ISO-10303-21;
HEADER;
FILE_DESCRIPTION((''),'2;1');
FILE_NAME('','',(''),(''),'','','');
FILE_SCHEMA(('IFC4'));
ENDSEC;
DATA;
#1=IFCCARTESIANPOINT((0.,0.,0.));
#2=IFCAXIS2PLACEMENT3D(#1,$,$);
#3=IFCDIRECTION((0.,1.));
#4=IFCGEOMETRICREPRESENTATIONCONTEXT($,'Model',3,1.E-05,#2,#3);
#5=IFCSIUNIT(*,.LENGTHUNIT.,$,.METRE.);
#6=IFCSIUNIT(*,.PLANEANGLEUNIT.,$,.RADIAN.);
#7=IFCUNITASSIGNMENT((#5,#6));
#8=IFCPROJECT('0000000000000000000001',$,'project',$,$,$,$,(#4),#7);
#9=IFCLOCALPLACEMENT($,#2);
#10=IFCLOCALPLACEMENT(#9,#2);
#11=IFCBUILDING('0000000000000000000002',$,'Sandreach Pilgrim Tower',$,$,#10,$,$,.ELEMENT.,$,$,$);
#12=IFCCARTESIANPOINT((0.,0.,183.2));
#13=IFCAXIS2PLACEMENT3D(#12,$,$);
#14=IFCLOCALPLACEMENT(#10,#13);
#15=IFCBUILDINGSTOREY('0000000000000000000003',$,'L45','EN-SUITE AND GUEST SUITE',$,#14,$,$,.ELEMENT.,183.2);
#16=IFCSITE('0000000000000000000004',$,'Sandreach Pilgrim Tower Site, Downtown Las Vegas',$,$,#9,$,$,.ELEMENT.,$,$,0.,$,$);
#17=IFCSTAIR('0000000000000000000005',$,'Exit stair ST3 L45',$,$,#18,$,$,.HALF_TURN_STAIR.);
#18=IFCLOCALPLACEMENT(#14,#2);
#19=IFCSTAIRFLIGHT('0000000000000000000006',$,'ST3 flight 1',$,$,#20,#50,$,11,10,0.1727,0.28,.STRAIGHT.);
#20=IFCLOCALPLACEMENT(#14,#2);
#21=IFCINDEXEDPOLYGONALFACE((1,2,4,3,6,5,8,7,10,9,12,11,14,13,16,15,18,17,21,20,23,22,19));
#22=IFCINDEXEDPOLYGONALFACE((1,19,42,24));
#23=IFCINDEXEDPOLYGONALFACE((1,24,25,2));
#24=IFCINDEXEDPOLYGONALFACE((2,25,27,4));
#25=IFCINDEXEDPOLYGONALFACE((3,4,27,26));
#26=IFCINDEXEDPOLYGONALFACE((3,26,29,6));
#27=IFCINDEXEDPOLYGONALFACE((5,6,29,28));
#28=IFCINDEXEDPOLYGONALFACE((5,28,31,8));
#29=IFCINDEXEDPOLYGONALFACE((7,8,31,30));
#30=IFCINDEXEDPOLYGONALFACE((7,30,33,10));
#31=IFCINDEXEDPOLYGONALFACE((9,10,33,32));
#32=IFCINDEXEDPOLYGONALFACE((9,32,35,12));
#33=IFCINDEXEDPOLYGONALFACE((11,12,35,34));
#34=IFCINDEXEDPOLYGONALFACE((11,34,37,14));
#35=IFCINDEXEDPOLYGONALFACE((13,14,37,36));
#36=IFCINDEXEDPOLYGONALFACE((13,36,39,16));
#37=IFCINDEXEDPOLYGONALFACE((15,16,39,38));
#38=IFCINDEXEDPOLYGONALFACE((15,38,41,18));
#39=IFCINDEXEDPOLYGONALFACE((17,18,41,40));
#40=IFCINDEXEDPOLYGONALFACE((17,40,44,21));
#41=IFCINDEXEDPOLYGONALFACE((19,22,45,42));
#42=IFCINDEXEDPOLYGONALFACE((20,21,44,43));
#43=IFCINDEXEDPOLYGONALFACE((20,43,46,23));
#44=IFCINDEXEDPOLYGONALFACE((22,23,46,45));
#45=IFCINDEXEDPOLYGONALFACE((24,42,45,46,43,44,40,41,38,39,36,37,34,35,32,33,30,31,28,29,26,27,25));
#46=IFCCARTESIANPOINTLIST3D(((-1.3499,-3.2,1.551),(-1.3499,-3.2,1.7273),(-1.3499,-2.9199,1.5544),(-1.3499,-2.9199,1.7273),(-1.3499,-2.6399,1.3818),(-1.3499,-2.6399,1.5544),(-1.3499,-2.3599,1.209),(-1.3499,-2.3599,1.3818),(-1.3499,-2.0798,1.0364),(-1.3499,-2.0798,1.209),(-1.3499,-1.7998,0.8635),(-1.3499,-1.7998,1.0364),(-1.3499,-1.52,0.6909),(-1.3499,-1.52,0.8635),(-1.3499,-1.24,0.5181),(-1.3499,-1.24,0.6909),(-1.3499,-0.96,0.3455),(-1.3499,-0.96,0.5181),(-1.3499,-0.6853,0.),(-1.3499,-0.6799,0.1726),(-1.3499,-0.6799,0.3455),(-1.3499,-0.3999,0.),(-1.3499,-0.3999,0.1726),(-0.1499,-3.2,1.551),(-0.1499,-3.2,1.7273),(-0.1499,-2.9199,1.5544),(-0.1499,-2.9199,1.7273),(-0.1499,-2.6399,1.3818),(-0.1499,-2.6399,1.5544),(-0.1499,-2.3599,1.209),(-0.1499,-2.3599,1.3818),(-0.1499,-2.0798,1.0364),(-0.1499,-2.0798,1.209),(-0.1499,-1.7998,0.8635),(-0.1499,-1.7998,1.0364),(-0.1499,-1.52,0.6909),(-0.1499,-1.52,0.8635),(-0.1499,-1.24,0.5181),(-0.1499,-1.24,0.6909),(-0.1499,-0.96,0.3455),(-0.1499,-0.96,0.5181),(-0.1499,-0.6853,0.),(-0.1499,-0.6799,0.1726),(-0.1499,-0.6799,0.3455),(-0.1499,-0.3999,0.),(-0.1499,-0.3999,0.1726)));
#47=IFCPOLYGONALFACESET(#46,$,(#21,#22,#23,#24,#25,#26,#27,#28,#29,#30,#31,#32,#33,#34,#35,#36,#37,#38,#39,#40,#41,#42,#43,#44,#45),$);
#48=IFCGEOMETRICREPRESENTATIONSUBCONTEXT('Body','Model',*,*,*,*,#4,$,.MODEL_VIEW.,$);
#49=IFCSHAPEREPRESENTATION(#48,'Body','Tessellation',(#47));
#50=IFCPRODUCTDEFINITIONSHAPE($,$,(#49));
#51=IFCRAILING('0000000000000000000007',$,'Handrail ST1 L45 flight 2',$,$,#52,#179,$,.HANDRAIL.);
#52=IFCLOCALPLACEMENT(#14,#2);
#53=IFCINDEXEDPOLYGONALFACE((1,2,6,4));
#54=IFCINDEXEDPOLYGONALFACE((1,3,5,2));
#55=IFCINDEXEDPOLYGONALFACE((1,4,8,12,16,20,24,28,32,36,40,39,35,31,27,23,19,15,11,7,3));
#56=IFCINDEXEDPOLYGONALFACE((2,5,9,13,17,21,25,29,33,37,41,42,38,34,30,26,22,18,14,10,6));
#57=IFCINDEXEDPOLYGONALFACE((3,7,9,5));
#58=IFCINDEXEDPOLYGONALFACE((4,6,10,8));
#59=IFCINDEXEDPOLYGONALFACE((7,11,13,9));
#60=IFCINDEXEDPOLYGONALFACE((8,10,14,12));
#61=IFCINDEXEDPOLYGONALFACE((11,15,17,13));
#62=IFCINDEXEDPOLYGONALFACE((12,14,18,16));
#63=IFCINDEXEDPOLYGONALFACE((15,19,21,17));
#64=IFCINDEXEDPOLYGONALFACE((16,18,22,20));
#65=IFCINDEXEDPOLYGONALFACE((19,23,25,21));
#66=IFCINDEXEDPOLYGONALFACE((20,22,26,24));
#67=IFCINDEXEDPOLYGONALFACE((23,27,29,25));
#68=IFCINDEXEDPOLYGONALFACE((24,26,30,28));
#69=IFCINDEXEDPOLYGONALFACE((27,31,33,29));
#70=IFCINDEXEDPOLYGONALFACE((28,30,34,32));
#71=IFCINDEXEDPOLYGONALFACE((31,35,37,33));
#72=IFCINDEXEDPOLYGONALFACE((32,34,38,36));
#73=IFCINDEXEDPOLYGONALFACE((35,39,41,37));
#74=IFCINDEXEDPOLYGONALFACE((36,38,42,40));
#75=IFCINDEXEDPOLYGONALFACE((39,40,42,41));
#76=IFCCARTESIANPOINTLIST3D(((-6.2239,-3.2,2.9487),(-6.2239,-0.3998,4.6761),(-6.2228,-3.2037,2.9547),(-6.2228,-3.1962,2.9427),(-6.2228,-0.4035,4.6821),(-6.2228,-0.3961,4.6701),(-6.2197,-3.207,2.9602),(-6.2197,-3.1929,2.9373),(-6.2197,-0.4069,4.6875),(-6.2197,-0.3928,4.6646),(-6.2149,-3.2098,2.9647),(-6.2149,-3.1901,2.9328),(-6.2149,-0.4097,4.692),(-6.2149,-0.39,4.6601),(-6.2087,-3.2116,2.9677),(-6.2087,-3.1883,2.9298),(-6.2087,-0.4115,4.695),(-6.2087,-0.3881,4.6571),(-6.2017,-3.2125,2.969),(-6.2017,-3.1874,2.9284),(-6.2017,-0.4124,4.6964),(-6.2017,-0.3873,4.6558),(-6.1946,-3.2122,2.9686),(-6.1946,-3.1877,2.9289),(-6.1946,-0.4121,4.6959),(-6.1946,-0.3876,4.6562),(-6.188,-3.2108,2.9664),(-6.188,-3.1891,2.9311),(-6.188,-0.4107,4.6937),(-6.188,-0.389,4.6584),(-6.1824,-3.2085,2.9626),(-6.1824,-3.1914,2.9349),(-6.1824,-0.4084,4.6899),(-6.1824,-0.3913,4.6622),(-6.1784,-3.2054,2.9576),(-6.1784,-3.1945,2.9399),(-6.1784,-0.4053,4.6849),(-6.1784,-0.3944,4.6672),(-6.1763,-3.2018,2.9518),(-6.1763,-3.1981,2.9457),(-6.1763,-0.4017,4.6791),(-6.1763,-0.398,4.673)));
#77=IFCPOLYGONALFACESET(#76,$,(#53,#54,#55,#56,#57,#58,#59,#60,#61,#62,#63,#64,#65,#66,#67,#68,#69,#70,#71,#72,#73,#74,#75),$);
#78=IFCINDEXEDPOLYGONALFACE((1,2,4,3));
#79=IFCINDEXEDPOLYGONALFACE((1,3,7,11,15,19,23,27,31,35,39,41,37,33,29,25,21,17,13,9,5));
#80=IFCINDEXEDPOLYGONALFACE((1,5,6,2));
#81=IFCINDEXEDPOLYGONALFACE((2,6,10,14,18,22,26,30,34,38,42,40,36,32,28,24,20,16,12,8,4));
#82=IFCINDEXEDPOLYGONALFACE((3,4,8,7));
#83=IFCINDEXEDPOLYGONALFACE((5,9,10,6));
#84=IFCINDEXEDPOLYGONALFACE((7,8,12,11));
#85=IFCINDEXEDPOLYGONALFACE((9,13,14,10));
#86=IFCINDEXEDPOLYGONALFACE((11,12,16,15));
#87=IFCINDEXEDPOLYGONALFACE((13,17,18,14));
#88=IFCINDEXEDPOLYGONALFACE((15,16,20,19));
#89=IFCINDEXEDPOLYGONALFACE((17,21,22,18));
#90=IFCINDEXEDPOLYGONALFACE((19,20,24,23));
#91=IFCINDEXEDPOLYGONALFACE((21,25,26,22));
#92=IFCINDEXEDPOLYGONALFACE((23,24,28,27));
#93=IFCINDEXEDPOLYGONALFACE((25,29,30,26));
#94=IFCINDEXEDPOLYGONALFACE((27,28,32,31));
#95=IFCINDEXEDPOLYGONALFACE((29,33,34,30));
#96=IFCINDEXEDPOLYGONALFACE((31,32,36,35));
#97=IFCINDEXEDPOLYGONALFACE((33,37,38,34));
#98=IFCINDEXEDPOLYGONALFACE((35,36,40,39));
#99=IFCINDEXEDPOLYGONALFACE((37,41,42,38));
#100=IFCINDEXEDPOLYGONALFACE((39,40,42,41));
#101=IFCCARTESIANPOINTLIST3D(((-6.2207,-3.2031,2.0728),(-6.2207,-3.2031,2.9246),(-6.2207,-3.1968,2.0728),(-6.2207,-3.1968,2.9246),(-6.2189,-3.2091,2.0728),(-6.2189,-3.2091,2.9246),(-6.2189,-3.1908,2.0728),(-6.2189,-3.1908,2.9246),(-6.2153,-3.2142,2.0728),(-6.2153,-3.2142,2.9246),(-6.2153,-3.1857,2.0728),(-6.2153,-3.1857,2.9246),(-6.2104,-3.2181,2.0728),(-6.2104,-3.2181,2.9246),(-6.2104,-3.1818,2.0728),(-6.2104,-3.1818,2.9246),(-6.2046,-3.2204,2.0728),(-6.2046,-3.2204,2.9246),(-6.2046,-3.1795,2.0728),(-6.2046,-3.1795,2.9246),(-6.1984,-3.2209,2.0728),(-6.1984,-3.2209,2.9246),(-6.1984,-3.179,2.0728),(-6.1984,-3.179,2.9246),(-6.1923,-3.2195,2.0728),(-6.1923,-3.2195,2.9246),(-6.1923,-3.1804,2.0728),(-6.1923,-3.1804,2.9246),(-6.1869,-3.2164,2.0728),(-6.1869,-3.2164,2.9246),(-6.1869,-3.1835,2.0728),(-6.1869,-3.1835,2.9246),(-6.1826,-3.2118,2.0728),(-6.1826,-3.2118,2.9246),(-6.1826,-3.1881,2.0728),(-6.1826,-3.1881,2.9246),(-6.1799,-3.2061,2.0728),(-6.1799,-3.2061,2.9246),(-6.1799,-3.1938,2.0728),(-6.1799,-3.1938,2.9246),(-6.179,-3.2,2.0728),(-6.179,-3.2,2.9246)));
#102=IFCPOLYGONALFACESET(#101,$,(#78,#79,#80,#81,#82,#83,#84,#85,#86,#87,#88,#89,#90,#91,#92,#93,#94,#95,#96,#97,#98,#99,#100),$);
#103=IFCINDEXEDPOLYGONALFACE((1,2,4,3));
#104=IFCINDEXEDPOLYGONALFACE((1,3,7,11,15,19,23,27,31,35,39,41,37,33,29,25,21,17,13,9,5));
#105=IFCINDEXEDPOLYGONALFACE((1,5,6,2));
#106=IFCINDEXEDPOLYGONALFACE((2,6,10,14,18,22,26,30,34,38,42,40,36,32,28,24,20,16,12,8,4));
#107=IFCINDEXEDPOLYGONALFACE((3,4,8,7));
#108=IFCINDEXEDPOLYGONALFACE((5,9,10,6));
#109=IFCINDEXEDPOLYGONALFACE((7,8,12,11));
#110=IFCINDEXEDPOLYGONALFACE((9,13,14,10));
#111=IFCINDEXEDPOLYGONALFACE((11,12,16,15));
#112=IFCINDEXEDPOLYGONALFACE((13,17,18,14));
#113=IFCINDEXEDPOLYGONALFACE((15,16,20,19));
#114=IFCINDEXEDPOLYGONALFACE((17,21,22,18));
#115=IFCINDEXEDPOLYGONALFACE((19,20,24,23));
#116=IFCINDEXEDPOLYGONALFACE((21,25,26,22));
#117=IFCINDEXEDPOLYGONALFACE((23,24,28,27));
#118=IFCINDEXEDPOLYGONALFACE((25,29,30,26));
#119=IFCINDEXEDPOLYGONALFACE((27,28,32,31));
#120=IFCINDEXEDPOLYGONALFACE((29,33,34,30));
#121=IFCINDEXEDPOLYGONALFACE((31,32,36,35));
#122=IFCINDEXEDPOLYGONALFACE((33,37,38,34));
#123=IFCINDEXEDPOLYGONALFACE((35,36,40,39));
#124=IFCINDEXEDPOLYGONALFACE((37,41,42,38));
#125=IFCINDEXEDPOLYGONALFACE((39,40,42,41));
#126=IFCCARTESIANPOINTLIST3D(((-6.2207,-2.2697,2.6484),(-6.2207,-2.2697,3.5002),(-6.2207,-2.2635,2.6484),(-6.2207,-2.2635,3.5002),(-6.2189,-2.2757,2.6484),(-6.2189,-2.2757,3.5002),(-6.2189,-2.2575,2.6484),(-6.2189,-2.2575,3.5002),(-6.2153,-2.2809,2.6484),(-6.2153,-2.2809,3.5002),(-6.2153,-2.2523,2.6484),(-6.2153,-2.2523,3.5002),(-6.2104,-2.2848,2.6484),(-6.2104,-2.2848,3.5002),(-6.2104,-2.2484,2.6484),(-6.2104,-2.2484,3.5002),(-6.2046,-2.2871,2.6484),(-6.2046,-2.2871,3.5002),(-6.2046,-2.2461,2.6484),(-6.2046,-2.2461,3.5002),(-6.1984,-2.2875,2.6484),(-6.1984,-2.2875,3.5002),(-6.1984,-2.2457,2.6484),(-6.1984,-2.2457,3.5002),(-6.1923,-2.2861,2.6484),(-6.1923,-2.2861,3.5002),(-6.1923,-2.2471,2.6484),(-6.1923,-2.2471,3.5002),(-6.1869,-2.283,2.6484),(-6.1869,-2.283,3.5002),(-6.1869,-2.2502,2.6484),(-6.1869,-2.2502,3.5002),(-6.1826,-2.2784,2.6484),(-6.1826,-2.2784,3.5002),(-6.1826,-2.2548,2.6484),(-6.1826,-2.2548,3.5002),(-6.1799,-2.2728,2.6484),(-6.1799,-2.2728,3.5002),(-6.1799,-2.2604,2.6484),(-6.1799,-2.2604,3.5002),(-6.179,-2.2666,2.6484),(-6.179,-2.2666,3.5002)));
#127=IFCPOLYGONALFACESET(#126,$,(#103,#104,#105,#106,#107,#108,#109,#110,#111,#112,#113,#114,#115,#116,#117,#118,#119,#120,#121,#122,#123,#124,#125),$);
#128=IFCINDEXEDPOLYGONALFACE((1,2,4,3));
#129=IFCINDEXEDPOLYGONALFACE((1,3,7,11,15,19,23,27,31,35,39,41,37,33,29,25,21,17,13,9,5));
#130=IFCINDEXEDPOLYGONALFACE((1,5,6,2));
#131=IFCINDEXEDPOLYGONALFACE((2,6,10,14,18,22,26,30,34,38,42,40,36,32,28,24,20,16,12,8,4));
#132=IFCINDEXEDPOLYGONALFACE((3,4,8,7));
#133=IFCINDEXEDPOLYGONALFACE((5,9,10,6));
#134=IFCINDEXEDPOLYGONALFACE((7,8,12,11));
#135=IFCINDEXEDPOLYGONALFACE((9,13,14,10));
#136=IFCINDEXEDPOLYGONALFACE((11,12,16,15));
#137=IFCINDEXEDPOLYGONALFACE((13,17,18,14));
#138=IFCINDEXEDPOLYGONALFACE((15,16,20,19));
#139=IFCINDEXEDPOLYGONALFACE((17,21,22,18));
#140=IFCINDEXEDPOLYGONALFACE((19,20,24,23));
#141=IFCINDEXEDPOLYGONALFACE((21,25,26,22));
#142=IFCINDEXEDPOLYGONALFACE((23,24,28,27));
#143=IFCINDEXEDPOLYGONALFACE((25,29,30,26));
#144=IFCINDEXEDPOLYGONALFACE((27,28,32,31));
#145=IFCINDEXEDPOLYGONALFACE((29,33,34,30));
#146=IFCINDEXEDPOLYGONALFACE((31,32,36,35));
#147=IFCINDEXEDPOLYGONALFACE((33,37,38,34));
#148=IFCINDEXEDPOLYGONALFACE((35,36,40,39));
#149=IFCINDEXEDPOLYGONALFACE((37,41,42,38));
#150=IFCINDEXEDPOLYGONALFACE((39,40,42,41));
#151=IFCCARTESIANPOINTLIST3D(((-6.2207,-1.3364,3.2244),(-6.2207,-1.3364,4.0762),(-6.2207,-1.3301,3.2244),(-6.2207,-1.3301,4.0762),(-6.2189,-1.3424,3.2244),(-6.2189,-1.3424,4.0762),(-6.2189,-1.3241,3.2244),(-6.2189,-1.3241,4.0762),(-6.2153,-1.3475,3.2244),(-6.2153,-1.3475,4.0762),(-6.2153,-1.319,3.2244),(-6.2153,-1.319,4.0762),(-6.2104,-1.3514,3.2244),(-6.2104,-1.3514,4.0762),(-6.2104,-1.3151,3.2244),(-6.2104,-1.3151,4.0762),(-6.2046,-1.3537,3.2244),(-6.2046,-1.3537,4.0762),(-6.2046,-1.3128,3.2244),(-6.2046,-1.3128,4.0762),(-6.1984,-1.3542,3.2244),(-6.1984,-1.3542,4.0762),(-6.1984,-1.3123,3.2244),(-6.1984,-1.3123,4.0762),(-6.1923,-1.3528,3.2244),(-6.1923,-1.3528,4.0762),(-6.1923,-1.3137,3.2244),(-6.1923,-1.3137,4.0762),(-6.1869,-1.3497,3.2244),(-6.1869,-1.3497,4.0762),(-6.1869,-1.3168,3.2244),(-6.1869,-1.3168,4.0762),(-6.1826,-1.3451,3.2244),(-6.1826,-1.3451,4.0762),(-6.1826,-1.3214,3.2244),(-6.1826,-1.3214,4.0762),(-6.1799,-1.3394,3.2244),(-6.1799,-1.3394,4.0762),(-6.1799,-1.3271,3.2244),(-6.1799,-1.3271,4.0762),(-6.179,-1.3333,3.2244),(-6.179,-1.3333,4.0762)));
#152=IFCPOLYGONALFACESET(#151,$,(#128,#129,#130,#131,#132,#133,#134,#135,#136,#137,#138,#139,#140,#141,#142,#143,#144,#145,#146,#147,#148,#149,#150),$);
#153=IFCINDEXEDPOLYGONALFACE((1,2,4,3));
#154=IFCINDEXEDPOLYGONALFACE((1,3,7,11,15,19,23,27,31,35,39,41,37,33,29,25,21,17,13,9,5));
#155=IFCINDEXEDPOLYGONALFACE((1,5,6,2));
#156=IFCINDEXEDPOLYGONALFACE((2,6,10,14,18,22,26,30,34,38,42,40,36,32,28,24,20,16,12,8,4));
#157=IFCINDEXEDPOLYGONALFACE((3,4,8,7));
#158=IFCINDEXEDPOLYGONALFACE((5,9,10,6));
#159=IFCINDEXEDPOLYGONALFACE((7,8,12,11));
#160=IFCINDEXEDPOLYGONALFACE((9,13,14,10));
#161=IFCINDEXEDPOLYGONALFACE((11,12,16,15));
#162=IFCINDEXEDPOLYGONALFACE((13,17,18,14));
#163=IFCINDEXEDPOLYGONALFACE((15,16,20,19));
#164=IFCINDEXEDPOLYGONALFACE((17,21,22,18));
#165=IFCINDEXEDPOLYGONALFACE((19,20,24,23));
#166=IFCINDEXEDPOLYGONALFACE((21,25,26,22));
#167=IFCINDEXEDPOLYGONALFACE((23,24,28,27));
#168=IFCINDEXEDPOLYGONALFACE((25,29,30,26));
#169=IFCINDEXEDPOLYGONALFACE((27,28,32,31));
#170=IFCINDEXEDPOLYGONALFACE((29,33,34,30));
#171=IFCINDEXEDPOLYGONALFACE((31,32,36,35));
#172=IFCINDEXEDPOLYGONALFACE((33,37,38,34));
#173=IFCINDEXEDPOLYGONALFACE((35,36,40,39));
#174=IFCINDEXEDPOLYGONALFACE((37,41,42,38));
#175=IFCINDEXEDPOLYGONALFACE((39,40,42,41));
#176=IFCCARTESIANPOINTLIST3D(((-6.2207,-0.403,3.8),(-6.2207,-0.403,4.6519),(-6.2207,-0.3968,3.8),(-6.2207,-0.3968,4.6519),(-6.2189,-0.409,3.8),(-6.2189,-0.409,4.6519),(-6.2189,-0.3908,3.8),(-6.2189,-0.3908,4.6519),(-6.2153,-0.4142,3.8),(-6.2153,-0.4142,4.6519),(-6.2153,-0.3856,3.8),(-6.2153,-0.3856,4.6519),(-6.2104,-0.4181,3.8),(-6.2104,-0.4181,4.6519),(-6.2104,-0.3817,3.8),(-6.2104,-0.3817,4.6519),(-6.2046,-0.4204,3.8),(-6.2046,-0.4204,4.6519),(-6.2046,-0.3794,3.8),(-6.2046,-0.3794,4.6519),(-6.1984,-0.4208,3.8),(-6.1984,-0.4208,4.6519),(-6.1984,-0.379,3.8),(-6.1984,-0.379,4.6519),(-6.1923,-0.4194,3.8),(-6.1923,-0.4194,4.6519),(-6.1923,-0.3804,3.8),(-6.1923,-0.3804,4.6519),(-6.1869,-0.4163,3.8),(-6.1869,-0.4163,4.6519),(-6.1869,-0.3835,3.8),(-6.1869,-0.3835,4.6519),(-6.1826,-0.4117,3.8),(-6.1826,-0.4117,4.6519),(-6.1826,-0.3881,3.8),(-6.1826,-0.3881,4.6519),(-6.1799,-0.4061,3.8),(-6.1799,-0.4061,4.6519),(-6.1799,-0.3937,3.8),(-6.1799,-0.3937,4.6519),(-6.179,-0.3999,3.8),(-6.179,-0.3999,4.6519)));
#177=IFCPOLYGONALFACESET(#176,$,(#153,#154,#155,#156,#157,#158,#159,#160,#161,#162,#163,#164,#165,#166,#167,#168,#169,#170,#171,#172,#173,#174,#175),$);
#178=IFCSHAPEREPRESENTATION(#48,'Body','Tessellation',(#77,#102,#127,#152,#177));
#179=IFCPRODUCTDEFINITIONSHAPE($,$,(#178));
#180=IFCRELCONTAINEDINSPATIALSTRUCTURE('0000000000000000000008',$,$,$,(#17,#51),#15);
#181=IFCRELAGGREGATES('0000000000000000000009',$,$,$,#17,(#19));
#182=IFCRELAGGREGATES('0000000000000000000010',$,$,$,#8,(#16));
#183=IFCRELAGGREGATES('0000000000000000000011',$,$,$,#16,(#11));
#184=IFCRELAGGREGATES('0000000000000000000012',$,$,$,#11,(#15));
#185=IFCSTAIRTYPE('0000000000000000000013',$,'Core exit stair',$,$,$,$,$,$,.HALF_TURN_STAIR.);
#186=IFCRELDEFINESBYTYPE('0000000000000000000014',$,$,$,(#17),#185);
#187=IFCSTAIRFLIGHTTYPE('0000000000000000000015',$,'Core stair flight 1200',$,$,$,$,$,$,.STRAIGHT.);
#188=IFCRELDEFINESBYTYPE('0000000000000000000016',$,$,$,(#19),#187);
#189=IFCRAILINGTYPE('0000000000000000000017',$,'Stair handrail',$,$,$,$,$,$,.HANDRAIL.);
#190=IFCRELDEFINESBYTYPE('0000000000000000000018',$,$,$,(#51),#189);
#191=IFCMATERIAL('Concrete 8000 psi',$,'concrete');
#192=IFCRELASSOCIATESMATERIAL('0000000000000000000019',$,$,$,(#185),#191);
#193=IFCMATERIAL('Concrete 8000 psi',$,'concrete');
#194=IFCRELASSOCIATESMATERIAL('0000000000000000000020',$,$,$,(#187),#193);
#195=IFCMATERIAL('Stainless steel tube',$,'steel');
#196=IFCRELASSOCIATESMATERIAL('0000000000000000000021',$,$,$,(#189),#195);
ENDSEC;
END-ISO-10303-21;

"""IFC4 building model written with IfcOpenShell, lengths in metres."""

from ifc_helpers import new_model, si_unit, direction, frame, origin, origin_2d, place, context, subcontext, project, spatial, polyline, circle, outline, extrude, material, type_object, element, aggregate, save


model = new_model("IFC4")

# Units and contexts
model_context = context("Model", 3, precision=1e-05, world=origin(), true_north=direction((0.0, 1.0)))
body_context = subcontext(model_context, "Body", "Model", "MODEL_VIEW")
ifc_project = project(units=[si_unit("LENGTHUNIT", "METRE"), si_unit("PLANEANGLEUNIT", "RADIAN")], contexts=[model_context])

# Site, building, storey
site_placement = place(None, origin())
site = spatial("IfcSite", under=ifc_project, at=site_placement, Name="Sandreach Pilgrim Tower Site, Downtown Las Vegas", CompositionType="ELEMENT", RefElevation=0.0)
building_placement = place(site_placement, origin())
building = spatial("IfcBuilding", under=site, at=building_placement, Name="Sandreach Pilgrim Tower", CompositionType="ELEMENT")
storey_placement = place(building_placement, frame((0.0, 0.0, 183.2)))
storey = spatial("IfcBuildingStorey", under=building, at=storey_placement, Name="L45", Description="EN-SUITE AND GUEST SUITE", CompositionType="ELEMENT", Elevation=183.2)

# Stair, stair flight
ifc_material_1 = material(Name="Concrete 8000 psi", Category="concrete")
stair_type = type_object("IfcStairType", Name="Core exit stair", PredefinedType="HALF_TURN_STAIR", material=ifc_material_1)
ifc_material_2 = material(Name="Concrete 8000 psi", Category="concrete")
stair_flight_type = type_object("IfcStairFlightType", Name="Core stair flight 1200", PredefinedType="STRAIGHT", material=ifc_material_2)
stair_1_placement = place(storey_placement, origin())
stair_1 = element("IfcStair", 1, at=stair_1_placement, inside=storey, type_object=stair_type, Name="Exit stair ST3 L45", PredefinedType="HALF_TURN_STAIR")
stair_flight_1_placement = place(storey_placement, frame((-0.75, -0.3999, 0.0), z_axis=(0.0, 0.0, 1.0), x_axis=(0.0, -1.0, 0.0)))
stair_flight_1 = element("IfcStairFlight", 2, at=stair_flight_1_placement, type_object=stair_flight_type, Name="ST3 flight 1", NumberOfRisers=11, NumberOfTreads=10, PredefinedType="STRAIGHT", RiserHeight=0.1727, TreadLength=0.28, context=body_context, shape_type="SweptSolid", body=[
    extrude(outline(polyline([(0.0, 0.0), (0.0, 0.1726), (0.28, 0.1726), (0.28, 0.3455), (0.5601, 0.3455), (0.5601, 0.5181), (0.8401, 0.5181), (0.8401, 0.6909), (1.1201, 0.6909), (1.1201, 0.8635), (1.3999, 0.8635), (1.3999, 1.0364), (1.6799, 1.0364), (1.6799, 1.209), (1.96, 1.209), (1.96, 1.3818), (2.24, 1.3818), (2.24, 1.5544), (2.52, 1.5544), (2.52, 1.7273), (2.8, 1.7273), (2.8, 1.8999), (2.8, 1.551), (0.2854, 0.0), (0.0, 0.0)])), frame((0.0, 0.6001, 0.0), z_axis=(0.0, -1.0, 0.0), x_axis=(1.0, 0.0, 0.0)), (0.0, 0.0, 1.0), 1.2),
])
aggregate(stair_1, [stair_flight_1])

# Railing
ifc_material_3 = material(Name="Stainless steel tube", Category="steel")
railing_type = type_object("IfcRailingType", Name="Stair handrail", PredefinedType="HANDRAIL", material=ifc_material_3)
for number, where, name in (
    (3, (-6.2, -3.2, 2.0728), "Handrail ST1 L45 flight 2"),
):
    element("IfcRailing", number, at=place(storey_placement, frame(where)), inside=storey, type_object=railing_type, Name=name, PredefinedType="HANDRAIL", context=body_context, shape_type="SweptSolid", body=[
        extrude(circle(Radius=0.0239, at=origin_2d()), frame((0.0, 0.0, 0.876), z_axis=(0.0, 0.85109, 0.52502), x_axis=(-1.0, 0.0, 0.0)), (0.0, 0.0, 1.0), 3.29),
        extrude(circle(Radius=0.021, at=origin_2d()), origin(), (0.0, 0.0, 1.0), 0.8518),
        extrude(circle(Radius=0.021, at=origin_2d()), frame((0.0, 0.9333, 0.5757)), (0.0, 0.0, 1.0), 0.8518),
        extrude(circle(Radius=0.021, at=origin_2d()), frame((0.0, 1.8667, 1.1516)), (0.0, 0.0, 1.0), 0.8518),
        extrude(circle(Radius=0.021, at=origin_2d()), frame((0.0, 2.8, 1.7273)), (0.0, 0.0, 1.0), 0.8518),
    ])

save(model, "model.ifc")
